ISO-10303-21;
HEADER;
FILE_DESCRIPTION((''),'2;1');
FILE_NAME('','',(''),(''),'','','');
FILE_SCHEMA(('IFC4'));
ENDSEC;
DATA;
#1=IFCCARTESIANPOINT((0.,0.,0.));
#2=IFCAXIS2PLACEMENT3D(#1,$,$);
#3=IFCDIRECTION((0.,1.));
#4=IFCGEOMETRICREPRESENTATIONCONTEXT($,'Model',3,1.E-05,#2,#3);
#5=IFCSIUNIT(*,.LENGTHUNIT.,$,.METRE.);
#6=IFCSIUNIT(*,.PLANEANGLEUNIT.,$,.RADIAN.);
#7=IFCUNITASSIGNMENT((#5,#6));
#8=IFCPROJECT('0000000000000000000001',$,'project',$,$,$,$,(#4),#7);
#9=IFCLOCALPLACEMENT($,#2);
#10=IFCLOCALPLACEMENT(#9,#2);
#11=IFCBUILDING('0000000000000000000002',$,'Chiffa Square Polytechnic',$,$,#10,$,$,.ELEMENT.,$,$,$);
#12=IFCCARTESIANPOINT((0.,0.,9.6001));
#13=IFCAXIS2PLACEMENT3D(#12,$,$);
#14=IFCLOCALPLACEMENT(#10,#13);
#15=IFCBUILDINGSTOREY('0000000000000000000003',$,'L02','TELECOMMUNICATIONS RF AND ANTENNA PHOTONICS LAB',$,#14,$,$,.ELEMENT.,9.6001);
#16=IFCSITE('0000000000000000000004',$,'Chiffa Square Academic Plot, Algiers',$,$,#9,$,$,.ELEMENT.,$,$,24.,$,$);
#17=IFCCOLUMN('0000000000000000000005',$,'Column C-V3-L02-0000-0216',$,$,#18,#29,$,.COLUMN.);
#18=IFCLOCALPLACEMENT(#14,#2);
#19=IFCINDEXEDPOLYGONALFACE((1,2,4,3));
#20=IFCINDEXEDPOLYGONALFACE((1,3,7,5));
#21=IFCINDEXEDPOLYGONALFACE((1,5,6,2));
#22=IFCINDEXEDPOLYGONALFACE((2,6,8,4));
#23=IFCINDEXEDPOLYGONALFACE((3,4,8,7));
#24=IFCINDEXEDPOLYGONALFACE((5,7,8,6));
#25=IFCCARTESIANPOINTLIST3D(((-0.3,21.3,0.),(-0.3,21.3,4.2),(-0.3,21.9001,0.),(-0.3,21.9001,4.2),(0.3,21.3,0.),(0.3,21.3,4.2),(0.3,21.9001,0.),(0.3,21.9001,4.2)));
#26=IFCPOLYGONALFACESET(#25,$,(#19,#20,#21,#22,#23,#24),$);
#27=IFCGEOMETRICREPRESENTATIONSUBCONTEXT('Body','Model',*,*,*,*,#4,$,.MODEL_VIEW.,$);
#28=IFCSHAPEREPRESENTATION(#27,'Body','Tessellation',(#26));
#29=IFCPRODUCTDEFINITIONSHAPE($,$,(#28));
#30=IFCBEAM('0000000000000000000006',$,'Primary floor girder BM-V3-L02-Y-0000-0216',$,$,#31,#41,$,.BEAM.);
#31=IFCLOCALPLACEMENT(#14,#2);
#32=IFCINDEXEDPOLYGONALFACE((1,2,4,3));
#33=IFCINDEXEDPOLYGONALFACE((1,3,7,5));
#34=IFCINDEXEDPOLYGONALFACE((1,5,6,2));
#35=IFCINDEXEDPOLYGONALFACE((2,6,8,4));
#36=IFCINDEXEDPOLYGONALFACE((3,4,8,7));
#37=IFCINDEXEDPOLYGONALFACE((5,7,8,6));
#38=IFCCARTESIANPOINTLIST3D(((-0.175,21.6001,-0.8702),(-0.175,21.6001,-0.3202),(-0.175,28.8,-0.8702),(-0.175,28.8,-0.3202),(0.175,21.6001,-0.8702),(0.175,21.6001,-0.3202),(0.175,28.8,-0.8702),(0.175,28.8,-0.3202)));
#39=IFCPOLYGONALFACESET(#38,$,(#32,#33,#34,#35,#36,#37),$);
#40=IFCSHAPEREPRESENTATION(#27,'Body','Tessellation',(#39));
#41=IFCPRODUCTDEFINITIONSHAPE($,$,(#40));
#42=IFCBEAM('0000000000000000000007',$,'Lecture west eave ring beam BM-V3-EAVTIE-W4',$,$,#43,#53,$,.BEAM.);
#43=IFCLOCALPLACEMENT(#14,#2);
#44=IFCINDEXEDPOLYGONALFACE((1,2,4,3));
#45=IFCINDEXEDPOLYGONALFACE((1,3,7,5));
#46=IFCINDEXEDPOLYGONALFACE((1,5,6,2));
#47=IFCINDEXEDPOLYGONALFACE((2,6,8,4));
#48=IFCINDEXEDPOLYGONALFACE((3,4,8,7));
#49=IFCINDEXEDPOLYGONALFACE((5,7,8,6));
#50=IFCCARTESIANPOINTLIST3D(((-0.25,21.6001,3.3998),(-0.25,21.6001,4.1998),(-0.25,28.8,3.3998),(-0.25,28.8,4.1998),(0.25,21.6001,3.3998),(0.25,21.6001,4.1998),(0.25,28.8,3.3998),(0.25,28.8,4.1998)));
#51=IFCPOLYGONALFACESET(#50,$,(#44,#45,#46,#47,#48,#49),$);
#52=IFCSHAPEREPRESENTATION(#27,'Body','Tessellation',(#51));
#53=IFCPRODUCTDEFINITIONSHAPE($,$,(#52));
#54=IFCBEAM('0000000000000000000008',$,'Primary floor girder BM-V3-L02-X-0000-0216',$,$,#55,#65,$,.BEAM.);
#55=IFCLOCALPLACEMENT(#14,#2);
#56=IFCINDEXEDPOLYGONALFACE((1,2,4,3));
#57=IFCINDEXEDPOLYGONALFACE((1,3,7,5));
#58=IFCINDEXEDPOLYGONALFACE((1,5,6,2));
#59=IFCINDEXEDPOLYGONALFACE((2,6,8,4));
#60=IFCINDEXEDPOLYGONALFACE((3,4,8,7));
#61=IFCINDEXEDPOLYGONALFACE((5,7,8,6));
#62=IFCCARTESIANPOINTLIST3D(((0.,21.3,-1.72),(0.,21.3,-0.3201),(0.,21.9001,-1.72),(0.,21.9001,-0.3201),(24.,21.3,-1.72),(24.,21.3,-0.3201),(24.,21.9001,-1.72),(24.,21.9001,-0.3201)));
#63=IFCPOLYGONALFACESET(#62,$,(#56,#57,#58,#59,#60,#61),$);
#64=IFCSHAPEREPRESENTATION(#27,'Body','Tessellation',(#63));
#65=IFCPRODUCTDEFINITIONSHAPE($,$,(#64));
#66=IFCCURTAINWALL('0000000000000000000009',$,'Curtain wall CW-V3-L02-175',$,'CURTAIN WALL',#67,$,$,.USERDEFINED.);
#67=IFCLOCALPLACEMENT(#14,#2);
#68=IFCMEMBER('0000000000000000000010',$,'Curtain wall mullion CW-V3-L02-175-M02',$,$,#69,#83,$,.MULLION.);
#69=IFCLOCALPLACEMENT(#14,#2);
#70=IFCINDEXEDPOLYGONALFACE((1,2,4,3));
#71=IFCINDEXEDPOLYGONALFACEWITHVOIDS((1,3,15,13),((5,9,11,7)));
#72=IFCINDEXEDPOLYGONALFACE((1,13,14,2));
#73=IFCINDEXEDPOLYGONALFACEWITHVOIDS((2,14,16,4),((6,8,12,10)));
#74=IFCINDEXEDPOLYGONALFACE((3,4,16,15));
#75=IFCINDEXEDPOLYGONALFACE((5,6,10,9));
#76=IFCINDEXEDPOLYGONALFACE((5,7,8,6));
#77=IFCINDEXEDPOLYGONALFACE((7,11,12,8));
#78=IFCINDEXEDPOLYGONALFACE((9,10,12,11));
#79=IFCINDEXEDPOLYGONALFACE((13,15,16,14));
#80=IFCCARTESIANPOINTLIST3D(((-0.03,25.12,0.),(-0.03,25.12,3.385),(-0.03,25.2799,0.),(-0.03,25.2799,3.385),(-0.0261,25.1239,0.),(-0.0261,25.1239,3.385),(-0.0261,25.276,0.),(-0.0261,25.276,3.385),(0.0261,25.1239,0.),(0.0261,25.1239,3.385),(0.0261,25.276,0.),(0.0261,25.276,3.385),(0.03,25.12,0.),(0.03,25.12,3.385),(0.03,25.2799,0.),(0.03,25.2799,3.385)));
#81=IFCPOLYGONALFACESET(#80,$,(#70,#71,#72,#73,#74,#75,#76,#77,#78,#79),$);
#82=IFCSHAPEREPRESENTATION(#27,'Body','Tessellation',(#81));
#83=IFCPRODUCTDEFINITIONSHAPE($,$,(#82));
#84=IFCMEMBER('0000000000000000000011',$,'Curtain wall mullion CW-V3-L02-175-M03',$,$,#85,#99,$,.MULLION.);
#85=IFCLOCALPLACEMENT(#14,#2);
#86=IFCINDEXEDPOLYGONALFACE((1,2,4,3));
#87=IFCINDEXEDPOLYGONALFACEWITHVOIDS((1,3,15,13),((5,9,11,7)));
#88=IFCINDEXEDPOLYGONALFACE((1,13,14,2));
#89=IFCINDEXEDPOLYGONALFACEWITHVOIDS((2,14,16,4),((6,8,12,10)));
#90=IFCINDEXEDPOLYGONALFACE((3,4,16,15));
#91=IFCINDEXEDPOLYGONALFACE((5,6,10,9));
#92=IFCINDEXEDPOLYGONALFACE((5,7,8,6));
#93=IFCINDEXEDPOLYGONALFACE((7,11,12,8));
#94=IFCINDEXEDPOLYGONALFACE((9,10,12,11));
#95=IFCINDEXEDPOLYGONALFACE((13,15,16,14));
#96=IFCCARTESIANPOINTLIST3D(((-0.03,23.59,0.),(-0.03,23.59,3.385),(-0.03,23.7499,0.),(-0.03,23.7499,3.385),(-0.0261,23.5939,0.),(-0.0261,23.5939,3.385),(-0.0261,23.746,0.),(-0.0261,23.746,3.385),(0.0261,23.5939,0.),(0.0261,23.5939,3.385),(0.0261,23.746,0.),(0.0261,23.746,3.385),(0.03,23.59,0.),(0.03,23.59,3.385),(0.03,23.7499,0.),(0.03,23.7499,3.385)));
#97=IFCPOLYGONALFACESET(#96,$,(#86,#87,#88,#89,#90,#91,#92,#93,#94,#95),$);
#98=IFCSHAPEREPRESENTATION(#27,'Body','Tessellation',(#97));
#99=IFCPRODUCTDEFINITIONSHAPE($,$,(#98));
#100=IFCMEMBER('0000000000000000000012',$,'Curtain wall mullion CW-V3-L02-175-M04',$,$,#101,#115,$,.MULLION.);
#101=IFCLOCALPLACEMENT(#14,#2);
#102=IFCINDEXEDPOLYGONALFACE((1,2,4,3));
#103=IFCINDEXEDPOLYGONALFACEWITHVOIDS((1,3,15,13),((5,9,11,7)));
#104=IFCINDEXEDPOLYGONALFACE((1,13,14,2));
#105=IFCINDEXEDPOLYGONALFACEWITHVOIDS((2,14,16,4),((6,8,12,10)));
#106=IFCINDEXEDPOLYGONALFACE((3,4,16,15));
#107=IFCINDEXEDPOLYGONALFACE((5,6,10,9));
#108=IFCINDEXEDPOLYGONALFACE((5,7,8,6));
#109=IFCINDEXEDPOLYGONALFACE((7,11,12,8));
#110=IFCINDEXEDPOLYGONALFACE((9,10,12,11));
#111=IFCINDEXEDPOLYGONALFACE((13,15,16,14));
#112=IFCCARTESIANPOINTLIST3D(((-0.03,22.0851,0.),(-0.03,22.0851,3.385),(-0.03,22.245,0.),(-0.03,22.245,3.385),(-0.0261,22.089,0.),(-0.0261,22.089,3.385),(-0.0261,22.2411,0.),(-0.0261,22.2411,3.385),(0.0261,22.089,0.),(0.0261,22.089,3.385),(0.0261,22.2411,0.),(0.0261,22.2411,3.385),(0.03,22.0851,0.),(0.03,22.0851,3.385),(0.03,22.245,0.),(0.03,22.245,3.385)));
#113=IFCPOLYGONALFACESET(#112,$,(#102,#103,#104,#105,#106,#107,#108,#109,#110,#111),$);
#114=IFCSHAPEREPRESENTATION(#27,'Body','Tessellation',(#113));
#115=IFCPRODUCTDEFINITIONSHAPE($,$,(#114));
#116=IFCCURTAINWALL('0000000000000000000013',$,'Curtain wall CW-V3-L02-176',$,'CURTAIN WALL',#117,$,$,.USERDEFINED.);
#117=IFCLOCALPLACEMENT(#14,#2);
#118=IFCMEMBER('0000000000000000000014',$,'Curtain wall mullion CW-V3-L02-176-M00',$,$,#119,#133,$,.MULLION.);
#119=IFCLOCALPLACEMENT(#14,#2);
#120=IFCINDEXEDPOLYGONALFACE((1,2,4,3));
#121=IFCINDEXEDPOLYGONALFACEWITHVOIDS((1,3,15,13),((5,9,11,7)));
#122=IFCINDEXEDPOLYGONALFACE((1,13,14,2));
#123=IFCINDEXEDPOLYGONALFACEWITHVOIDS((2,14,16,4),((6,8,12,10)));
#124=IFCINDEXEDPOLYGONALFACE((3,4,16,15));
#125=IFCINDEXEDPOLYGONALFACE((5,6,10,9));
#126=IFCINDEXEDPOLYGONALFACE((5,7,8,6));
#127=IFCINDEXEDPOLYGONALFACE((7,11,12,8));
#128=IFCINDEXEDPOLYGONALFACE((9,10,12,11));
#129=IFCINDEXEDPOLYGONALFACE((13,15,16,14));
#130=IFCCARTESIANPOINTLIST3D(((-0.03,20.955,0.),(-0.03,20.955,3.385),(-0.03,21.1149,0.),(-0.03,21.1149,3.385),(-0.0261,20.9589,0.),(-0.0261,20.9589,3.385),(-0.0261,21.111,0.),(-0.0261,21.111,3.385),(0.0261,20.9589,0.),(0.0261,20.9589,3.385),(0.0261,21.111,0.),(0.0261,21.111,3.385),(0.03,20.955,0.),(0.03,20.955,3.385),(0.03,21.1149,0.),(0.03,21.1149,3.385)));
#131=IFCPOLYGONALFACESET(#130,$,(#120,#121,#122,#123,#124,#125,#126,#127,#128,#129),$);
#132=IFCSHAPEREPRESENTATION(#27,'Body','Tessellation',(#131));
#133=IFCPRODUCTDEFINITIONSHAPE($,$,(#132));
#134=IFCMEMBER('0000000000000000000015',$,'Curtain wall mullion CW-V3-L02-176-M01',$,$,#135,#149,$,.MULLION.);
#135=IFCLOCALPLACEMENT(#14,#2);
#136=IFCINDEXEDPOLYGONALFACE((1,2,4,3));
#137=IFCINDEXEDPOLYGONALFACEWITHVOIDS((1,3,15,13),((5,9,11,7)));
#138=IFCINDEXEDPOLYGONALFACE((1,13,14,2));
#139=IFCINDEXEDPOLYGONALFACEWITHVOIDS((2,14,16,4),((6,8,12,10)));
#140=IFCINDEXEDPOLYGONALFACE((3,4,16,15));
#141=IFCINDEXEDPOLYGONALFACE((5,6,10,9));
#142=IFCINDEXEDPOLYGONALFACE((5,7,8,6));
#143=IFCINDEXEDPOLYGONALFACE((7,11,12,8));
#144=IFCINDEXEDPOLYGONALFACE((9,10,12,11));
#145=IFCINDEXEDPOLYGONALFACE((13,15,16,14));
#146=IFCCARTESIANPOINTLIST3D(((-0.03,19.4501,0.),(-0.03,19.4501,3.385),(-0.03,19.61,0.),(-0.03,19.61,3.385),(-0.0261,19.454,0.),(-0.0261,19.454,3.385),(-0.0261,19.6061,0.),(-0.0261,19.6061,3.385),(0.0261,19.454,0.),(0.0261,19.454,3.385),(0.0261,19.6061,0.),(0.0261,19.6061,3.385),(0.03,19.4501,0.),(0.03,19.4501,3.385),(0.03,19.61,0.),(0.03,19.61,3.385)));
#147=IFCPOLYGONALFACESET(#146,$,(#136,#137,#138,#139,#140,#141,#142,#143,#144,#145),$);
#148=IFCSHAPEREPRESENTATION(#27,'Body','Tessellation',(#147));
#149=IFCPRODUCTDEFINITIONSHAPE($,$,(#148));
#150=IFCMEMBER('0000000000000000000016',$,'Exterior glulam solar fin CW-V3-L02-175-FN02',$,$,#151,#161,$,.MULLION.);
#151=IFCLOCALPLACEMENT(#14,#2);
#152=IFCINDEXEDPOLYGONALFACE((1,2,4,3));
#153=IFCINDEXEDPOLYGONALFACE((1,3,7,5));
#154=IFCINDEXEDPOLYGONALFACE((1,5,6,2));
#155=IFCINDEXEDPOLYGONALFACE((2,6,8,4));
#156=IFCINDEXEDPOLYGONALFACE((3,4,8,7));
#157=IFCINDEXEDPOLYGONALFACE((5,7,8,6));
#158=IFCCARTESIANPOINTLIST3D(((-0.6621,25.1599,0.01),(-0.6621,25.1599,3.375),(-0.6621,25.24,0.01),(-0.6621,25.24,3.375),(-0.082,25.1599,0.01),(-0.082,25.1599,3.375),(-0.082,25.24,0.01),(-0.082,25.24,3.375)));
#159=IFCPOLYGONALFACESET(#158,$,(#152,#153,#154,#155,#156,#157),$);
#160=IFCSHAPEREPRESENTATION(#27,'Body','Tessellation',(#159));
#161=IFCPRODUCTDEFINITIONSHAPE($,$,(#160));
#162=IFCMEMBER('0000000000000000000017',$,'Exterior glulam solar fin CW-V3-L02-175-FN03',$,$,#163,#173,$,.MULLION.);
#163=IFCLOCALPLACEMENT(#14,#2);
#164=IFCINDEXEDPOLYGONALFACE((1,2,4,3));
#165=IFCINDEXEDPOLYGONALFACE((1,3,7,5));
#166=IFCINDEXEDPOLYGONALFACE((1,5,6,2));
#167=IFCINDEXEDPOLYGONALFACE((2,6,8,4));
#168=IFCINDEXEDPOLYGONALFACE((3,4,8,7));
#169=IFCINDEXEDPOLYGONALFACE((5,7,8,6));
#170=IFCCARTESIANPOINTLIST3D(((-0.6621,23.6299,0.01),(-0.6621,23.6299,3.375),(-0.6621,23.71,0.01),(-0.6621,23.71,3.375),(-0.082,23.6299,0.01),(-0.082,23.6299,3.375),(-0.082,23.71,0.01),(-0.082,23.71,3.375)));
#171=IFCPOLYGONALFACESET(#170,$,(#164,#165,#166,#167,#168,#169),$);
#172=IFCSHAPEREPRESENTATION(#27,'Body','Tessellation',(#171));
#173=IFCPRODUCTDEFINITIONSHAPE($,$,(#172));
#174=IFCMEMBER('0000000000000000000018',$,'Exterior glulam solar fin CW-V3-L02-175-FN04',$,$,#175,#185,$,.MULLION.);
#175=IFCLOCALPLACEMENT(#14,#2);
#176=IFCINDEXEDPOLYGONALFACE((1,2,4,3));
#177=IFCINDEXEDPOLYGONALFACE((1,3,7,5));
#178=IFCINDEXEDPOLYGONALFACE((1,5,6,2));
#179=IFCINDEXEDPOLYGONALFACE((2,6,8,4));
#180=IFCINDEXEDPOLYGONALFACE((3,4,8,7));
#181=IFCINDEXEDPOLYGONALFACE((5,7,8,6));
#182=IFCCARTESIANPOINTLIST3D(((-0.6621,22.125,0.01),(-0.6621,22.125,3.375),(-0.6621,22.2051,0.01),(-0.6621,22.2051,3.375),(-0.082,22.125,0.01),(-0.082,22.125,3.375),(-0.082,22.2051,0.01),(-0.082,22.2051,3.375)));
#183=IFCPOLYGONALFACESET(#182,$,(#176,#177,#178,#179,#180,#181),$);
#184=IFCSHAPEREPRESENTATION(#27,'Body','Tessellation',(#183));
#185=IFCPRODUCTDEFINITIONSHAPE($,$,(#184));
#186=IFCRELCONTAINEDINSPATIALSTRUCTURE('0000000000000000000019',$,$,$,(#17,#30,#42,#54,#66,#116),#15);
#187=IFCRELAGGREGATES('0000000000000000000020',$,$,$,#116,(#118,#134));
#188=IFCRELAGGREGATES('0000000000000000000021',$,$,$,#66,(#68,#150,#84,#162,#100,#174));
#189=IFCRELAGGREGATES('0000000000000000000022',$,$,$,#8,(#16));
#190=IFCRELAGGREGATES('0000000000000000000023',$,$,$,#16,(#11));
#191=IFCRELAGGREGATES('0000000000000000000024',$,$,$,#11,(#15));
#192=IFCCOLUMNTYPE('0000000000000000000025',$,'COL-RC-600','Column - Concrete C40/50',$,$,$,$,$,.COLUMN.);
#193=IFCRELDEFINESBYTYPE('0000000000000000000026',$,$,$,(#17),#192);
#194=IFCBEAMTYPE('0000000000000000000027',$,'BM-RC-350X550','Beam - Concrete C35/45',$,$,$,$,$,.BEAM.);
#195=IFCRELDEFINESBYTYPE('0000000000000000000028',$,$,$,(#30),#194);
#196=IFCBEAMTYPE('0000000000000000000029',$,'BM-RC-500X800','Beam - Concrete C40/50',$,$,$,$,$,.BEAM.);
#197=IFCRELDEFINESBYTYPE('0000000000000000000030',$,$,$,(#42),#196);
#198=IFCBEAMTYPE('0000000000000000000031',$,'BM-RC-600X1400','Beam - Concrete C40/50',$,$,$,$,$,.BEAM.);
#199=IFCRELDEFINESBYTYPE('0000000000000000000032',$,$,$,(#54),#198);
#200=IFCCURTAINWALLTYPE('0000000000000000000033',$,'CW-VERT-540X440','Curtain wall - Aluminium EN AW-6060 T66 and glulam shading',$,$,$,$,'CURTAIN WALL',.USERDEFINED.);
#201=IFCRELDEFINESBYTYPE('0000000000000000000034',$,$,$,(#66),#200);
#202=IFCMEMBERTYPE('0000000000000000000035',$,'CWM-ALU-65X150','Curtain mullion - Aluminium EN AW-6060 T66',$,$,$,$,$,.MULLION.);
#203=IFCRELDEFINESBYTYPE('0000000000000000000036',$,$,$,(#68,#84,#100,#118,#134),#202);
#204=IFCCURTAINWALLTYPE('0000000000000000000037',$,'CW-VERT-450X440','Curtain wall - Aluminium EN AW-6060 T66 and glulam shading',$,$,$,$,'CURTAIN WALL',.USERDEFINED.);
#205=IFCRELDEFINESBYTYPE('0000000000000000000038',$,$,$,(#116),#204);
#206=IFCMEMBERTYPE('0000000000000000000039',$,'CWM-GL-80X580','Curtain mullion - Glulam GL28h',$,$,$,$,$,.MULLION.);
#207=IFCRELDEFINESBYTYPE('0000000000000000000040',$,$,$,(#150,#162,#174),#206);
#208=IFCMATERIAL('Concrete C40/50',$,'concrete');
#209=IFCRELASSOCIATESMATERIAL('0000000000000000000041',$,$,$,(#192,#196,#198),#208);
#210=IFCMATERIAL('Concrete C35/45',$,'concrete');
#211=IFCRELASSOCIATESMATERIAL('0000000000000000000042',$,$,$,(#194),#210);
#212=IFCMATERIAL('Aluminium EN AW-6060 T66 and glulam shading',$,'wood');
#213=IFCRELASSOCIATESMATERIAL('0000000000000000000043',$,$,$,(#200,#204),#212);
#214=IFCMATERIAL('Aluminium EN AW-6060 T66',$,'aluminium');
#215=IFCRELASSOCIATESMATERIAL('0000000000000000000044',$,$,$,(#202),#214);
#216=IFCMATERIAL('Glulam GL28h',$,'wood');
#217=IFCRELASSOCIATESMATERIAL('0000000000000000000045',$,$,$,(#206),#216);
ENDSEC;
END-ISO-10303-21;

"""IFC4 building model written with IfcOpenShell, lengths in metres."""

from ifc_helpers import new_model, si_unit, direction, frame, origin, origin_2d, place, context, subcontext, project, spatial, rectangle, hollow_rectangle, extrude, material, material_profile, profile_set, type_object, element, aggregate, save


model = new_model("IFC4")

# Units and contexts
model_context = context("Model", 3, precision=1e-05, world=origin(), true_north=direction((0.0, 1.0)))
body_context = subcontext(model_context, "Body", "Model", "MODEL_VIEW")
ifc_project = project(units=[si_unit("LENGTHUNIT", "METRE"), si_unit("PLANEANGLEUNIT", "RADIAN")], contexts=[model_context])

# Site, building, storey
site_placement = place(None, origin())
site = spatial("IfcSite", under=ifc_project, at=site_placement, Name="Chiffa Square Academic Plot, Algiers", CompositionType="ELEMENT", RefElevation=24.0)
building_placement = place(site_placement, origin())
building = spatial("IfcBuilding", under=site, at=building_placement, Name="Chiffa Square Polytechnic", CompositionType="ELEMENT")
storey_placement = place(building_placement, frame((0.0, 0.0, 9.6001)))
storey = spatial("IfcBuildingStorey", under=building, at=storey_placement, Name="L02", Description="TELECOMMUNICATIONS RF AND ANTENNA PHOTONICS LAB", CompositionType="ELEMENT", Elevation=9.6001)

# Column
ifc_material_1 = material(Name="Concrete C40/50", Category="concrete")
ifc_material_profile_1 = material_profile(ifc_material_1, rectangle(XDim=0.6001, YDim=0.6001, at=origin_2d()), Name="RC 600x600")
ifc_profile_set_1 = profile_set([ifc_material_profile_1], Name="Concrete C40/50")
column_type = type_object("IfcColumnType", Name="COL-RC-600", Description="Column - Concrete C40/50", PredefinedType="COLUMN", material=ifc_profile_set_1)
column_placement = place(storey_placement, frame((0.0, 21.6001, 0.0), z_axis=(0.0, 0.0, 1.0), x_axis=(1.0, 0.0, 0.0)))
element("IfcColumn", 1, at=column_placement, inside=storey, type_object=column_type, Name="Column C-V3-L02-0000-0216", PredefinedType="COLUMN", context=body_context, shape_type="SweptSolid", body=[
    extrude(rectangle(XDim=0.6001, YDim=0.6001, at=origin_2d()), origin(), (0.0, 0.0, 1.0), 4.2),
])

# Beams
ifc_material_2 = material(Name="Concrete C35/45", Category="concrete")
ifc_material_profile_2 = material_profile(ifc_material_2, rectangle(XDim=0.3501, YDim=0.55, at=origin_2d()), Name="RC 350x550")
ifc_profile_set_2 = profile_set([ifc_material_profile_2], Name="Concrete C35/45")
beam_type_1 = type_object("IfcBeamType", Name="BM-RC-350X550", Description="Beam - Concrete C35/45", PredefinedType="BEAM", material=ifc_profile_set_2)
beam_1_placement = place(storey_placement, frame((0.0, 21.6001, -0.5952), z_axis=(0.0, 1.0, 0.0), x_axis=(-1.0, 0.0, 0.0)))
element("IfcBeam", 2, at=beam_1_placement, inside=storey, type_object=beam_type_1, Name="Primary floor girder BM-V3-L02-Y-0000-0216", PredefinedType="BEAM", context=body_context, shape_type="SweptSolid", body=[
    extrude(rectangle(XDim=0.3501, YDim=0.55, at=origin_2d()), origin(), (0.0, 0.0, 1.0), 7.2),
])
ifc_material_profile_3 = material_profile(ifc_material_1, rectangle(XDim=0.5, YDim=0.8, at=origin_2d()), Name="RC 500x800")
ifc_profile_set_3 = profile_set([ifc_material_profile_3], Name="Concrete C40/50")
beam_type_2 = type_object("IfcBeamType", Name="BM-RC-500X800", Description="Beam - Concrete C40/50", PredefinedType="BEAM", material=ifc_profile_set_3)
beam_2_placement = place(storey_placement, frame((0.0, 21.6001, 3.7998), z_axis=(0.0, 1.0, 0.0), x_axis=(-1.0, 0.0, 0.0)))
element("IfcBeam", 3, at=beam_2_placement, inside=storey, type_object=beam_type_2, Name="Lecture west eave ring beam BM-V3-EAVTIE-W4", PredefinedType="BEAM", context=body_context, shape_type="SweptSolid", body=[
    extrude(rectangle(XDim=0.5, YDim=0.8, at=origin_2d()), origin(), (0.0, 0.0, 1.0), 7.2),
])
ifc_material_profile_4 = material_profile(ifc_material_1, rectangle(XDim=0.6001, YDim=1.3999, at=origin_2d()), Name="RC 600x1400")
ifc_profile_set_4 = profile_set([ifc_material_profile_4], Name="Concrete C40/50")
beam_type_3 = type_object("IfcBeamType", Name="BM-RC-600X1400", Description="Beam - Concrete C40/50", PredefinedType="BEAM", material=ifc_profile_set_4)
beam_3_placement = place(storey_placement, frame((0.0, 21.6001, -1.02), z_axis=(1.0, 0.0, 0.0), x_axis=(0.0, 1.0, 0.0)))
element("IfcBeam", 4, at=beam_3_placement, inside=storey, type_object=beam_type_3, Name="Primary floor girder BM-V3-L02-X-0000-0216", PredefinedType="BEAM", context=body_context, shape_type="SweptSolid", body=[
    extrude(rectangle(XDim=0.6001, YDim=1.3999, at=origin_2d()), origin(), (0.0, 0.0, 1.0), 24.0),
])

# Curtain walls, members
ifc_material_3 = material(Name="Aluminium EN AW-6060 T66 and glulam shading", Category="wood")
curtain_wall_type_1 = type_object("IfcCurtainWallType", Name="CW-VERT-540X440", Description="Curtain wall - Aluminium EN AW-6060 T66 and glulam shading", ElementType="CURTAIN WALL", PredefinedType="USERDEFINED", material=ifc_material_3)
curtain_wall_1_placement = place(storey_placement, origin())
curtain_wall_1 = element("IfcCurtainWall", 5, at=curtain_wall_1_placement, inside=storey, type_object=curtain_wall_type_1, Name="Curtain wall CW-V3-L02-175", ObjectType="CURTAIN WALL", PredefinedType="USERDEFINED")
ifc_material_4 = material(Name="Aluminium EN AW-6060 T66", Category="aluminium")
ifc_material_profile_5 = material_profile(ifc_material_4, hollow_rectangle(XDim=0.0601, YDim=0.1599, WallThickness=0.0039, at=origin_2d()), Name="ALU 60x160x4")
ifc_profile_set_5 = profile_set([ifc_material_profile_5], Name="Aluminium EN AW-6060 T66")
member_type_1 = type_object("IfcMemberType", Name="CWM-ALU-65X150", Description="Curtain mullion - Aluminium EN AW-6060 T66", PredefinedType="MULLION", material=ifc_profile_set_5)
member_1_placement = place(storey_placement, frame((0.0, 25.2, 0.0), z_axis=(0.0, 0.0, 1.0), x_axis=(1.0, 0.0, 0.0)))
member_1 = element("IfcMember", 6, at=member_1_placement, type_object=member_type_1, Name="Curtain wall mullion CW-V3-L02-175-M02", PredefinedType="MULLION", context=body_context, shape_type="SweptSolid", body=[
    extrude(hollow_rectangle(XDim=0.0601, YDim=0.1599, WallThickness=0.0039, at=origin_2d()), origin(), (0.0, 0.0, 1.0), 3.385),
])
member_2_placement = place(storey_placement, frame((0.0, 23.6699, 0.0), z_axis=(0.0, 0.0, 1.0), x_axis=(1.0, 0.0, 0.0)))
member_2 = element("IfcMember", 7, at=member_2_placement, type_object=member_type_1, Name="Curtain wall mullion CW-V3-L02-175-M03", PredefinedType="MULLION", context=body_context, shape_type="SweptSolid", body=[
    extrude(hollow_rectangle(XDim=0.0601, YDim=0.1599, WallThickness=0.0039, at=origin_2d()), origin(), (0.0, 0.0, 1.0), 3.385),
])
member_3_placement = place(storey_placement, frame((0.0, 22.165, 0.0), z_axis=(0.0, 0.0, 1.0), x_axis=(1.0, 0.0, 0.0)))
member_3 = element("IfcMember", 8, at=member_3_placement, type_object=member_type_1, Name="Curtain wall mullion CW-V3-L02-175-M04", PredefinedType="MULLION", context=body_context, shape_type="SweptSolid", body=[
    extrude(hollow_rectangle(XDim=0.0601, YDim=0.1599, WallThickness=0.0039, at=origin_2d()), origin(), (0.0, 0.0, 1.0), 3.385),
])
curtain_wall_type_2 = type_object("IfcCurtainWallType", Name="CW-VERT-450X440", Description="Curtain wall - Aluminium EN AW-6060 T66 and glulam shading", ElementType="CURTAIN WALL", PredefinedType="USERDEFINED", material=ifc_material_3)
curtain_wall_2_placement = place(storey_placement, origin())
curtain_wall_2 = element("IfcCurtainWall", 9, at=curtain_wall_2_placement, inside=storey, type_object=curtain_wall_type_2, Name="Curtain wall CW-V3-L02-176", ObjectType="CURTAIN WALL", PredefinedType="USERDEFINED")
member_4_placement = place(storey_placement, frame((0.0, 21.0349, 0.0), z_axis=(0.0, 0.0, 1.0), x_axis=(1.0, 0.0, 0.0)))
member_4 = element("IfcMember", 10, at=member_4_placement, type_object=member_type_1, Name="Curtain wall mullion CW-V3-L02-176-M00", PredefinedType="MULLION", context=body_context, shape_type="SweptSolid", body=[
    extrude(hollow_rectangle(XDim=0.0601, YDim=0.1599, WallThickness=0.0039, at=origin_2d()), origin(), (0.0, 0.0, 1.0), 3.385),
])
member_5_placement = place(storey_placement, frame((0.0, 19.53, 0.0), z_axis=(0.0, 0.0, 1.0), x_axis=(1.0, 0.0, 0.0)))
member_5 = element("IfcMember", 11, at=member_5_placement, type_object=member_type_1, Name="Curtain wall mullion CW-V3-L02-176-M01", PredefinedType="MULLION", context=body_context, shape_type="SweptSolid", body=[
    extrude(hollow_rectangle(XDim=0.0601, YDim=0.1599, WallThickness=0.0039, at=origin_2d()), origin(), (0.0, 0.0, 1.0), 3.385),
])

# Members
ifc_material_5 = material(Name="Glulam GL28h", Category="wood")
ifc_material_profile_6 = material_profile(ifc_material_5, rectangle(XDim=0.0801, YDim=0.5801, at=origin_2d()), Name="GL28h 80x580")
ifc_profile_set_6 = profile_set([ifc_material_profile_6], Name="Glulam GL28h")
member_type_2 = type_object("IfcMemberType", Name="CWM-GL-80X580", Description="Curtain mullion - Glulam GL28h", PredefinedType="MULLION", material=ifc_profile_set_6)
member_6_placement = place(storey_placement, frame((-0.3721, 25.2, 0.01), z_axis=(0.0, 0.0, 1.0), x_axis=(0.0, -1.0, 0.0)))
member_6 = element("IfcMember", 12, at=member_6_placement, type_object=member_type_2, Name="Exterior glulam solar fin CW-V3-L02-175-FN02", PredefinedType="MULLION", context=body_context, shape_type="SweptSolid", body=[
    extrude(rectangle(XDim=0.0801, YDim=0.5801, at=origin_2d()), origin(), (0.0, 0.0, 1.0), 3.365),
])
member_7_placement = place(storey_placement, frame((-0.3721, 23.6699, 0.01), z_axis=(0.0, 0.0, 1.0), x_axis=(0.0, -1.0, 0.0)))
member_7 = element("IfcMember", 13, at=member_7_placement, type_object=member_type_2, Name="Exterior glulam solar fin CW-V3-L02-175-FN03", PredefinedType="MULLION", context=body_context, shape_type="SweptSolid", body=[
    extrude(rectangle(XDim=0.0801, YDim=0.5801, at=origin_2d()), origin(), (0.0, 0.0, 1.0), 3.365),
])
member_8_placement = place(storey_placement, frame((-0.3721, 22.165, 0.01), z_axis=(0.0, 0.0, 1.0), x_axis=(0.0, -1.0, 0.0)))
member_8 = element("IfcMember", 14, at=member_8_placement, type_object=member_type_2, Name="Exterior glulam solar fin CW-V3-L02-175-FN04", PredefinedType="MULLION", context=body_context, shape_type="SweptSolid", body=[
    extrude(rectangle(XDim=0.0801, YDim=0.5801, at=origin_2d()), origin(), (0.0, 0.0, 1.0), 3.365),
])

aggregate(curtain_wall_2, [member_4, member_5])
aggregate(curtain_wall_1, [member_1, member_6, member_2, member_7, member_3, member_8])

save(model, "model.ifc")
